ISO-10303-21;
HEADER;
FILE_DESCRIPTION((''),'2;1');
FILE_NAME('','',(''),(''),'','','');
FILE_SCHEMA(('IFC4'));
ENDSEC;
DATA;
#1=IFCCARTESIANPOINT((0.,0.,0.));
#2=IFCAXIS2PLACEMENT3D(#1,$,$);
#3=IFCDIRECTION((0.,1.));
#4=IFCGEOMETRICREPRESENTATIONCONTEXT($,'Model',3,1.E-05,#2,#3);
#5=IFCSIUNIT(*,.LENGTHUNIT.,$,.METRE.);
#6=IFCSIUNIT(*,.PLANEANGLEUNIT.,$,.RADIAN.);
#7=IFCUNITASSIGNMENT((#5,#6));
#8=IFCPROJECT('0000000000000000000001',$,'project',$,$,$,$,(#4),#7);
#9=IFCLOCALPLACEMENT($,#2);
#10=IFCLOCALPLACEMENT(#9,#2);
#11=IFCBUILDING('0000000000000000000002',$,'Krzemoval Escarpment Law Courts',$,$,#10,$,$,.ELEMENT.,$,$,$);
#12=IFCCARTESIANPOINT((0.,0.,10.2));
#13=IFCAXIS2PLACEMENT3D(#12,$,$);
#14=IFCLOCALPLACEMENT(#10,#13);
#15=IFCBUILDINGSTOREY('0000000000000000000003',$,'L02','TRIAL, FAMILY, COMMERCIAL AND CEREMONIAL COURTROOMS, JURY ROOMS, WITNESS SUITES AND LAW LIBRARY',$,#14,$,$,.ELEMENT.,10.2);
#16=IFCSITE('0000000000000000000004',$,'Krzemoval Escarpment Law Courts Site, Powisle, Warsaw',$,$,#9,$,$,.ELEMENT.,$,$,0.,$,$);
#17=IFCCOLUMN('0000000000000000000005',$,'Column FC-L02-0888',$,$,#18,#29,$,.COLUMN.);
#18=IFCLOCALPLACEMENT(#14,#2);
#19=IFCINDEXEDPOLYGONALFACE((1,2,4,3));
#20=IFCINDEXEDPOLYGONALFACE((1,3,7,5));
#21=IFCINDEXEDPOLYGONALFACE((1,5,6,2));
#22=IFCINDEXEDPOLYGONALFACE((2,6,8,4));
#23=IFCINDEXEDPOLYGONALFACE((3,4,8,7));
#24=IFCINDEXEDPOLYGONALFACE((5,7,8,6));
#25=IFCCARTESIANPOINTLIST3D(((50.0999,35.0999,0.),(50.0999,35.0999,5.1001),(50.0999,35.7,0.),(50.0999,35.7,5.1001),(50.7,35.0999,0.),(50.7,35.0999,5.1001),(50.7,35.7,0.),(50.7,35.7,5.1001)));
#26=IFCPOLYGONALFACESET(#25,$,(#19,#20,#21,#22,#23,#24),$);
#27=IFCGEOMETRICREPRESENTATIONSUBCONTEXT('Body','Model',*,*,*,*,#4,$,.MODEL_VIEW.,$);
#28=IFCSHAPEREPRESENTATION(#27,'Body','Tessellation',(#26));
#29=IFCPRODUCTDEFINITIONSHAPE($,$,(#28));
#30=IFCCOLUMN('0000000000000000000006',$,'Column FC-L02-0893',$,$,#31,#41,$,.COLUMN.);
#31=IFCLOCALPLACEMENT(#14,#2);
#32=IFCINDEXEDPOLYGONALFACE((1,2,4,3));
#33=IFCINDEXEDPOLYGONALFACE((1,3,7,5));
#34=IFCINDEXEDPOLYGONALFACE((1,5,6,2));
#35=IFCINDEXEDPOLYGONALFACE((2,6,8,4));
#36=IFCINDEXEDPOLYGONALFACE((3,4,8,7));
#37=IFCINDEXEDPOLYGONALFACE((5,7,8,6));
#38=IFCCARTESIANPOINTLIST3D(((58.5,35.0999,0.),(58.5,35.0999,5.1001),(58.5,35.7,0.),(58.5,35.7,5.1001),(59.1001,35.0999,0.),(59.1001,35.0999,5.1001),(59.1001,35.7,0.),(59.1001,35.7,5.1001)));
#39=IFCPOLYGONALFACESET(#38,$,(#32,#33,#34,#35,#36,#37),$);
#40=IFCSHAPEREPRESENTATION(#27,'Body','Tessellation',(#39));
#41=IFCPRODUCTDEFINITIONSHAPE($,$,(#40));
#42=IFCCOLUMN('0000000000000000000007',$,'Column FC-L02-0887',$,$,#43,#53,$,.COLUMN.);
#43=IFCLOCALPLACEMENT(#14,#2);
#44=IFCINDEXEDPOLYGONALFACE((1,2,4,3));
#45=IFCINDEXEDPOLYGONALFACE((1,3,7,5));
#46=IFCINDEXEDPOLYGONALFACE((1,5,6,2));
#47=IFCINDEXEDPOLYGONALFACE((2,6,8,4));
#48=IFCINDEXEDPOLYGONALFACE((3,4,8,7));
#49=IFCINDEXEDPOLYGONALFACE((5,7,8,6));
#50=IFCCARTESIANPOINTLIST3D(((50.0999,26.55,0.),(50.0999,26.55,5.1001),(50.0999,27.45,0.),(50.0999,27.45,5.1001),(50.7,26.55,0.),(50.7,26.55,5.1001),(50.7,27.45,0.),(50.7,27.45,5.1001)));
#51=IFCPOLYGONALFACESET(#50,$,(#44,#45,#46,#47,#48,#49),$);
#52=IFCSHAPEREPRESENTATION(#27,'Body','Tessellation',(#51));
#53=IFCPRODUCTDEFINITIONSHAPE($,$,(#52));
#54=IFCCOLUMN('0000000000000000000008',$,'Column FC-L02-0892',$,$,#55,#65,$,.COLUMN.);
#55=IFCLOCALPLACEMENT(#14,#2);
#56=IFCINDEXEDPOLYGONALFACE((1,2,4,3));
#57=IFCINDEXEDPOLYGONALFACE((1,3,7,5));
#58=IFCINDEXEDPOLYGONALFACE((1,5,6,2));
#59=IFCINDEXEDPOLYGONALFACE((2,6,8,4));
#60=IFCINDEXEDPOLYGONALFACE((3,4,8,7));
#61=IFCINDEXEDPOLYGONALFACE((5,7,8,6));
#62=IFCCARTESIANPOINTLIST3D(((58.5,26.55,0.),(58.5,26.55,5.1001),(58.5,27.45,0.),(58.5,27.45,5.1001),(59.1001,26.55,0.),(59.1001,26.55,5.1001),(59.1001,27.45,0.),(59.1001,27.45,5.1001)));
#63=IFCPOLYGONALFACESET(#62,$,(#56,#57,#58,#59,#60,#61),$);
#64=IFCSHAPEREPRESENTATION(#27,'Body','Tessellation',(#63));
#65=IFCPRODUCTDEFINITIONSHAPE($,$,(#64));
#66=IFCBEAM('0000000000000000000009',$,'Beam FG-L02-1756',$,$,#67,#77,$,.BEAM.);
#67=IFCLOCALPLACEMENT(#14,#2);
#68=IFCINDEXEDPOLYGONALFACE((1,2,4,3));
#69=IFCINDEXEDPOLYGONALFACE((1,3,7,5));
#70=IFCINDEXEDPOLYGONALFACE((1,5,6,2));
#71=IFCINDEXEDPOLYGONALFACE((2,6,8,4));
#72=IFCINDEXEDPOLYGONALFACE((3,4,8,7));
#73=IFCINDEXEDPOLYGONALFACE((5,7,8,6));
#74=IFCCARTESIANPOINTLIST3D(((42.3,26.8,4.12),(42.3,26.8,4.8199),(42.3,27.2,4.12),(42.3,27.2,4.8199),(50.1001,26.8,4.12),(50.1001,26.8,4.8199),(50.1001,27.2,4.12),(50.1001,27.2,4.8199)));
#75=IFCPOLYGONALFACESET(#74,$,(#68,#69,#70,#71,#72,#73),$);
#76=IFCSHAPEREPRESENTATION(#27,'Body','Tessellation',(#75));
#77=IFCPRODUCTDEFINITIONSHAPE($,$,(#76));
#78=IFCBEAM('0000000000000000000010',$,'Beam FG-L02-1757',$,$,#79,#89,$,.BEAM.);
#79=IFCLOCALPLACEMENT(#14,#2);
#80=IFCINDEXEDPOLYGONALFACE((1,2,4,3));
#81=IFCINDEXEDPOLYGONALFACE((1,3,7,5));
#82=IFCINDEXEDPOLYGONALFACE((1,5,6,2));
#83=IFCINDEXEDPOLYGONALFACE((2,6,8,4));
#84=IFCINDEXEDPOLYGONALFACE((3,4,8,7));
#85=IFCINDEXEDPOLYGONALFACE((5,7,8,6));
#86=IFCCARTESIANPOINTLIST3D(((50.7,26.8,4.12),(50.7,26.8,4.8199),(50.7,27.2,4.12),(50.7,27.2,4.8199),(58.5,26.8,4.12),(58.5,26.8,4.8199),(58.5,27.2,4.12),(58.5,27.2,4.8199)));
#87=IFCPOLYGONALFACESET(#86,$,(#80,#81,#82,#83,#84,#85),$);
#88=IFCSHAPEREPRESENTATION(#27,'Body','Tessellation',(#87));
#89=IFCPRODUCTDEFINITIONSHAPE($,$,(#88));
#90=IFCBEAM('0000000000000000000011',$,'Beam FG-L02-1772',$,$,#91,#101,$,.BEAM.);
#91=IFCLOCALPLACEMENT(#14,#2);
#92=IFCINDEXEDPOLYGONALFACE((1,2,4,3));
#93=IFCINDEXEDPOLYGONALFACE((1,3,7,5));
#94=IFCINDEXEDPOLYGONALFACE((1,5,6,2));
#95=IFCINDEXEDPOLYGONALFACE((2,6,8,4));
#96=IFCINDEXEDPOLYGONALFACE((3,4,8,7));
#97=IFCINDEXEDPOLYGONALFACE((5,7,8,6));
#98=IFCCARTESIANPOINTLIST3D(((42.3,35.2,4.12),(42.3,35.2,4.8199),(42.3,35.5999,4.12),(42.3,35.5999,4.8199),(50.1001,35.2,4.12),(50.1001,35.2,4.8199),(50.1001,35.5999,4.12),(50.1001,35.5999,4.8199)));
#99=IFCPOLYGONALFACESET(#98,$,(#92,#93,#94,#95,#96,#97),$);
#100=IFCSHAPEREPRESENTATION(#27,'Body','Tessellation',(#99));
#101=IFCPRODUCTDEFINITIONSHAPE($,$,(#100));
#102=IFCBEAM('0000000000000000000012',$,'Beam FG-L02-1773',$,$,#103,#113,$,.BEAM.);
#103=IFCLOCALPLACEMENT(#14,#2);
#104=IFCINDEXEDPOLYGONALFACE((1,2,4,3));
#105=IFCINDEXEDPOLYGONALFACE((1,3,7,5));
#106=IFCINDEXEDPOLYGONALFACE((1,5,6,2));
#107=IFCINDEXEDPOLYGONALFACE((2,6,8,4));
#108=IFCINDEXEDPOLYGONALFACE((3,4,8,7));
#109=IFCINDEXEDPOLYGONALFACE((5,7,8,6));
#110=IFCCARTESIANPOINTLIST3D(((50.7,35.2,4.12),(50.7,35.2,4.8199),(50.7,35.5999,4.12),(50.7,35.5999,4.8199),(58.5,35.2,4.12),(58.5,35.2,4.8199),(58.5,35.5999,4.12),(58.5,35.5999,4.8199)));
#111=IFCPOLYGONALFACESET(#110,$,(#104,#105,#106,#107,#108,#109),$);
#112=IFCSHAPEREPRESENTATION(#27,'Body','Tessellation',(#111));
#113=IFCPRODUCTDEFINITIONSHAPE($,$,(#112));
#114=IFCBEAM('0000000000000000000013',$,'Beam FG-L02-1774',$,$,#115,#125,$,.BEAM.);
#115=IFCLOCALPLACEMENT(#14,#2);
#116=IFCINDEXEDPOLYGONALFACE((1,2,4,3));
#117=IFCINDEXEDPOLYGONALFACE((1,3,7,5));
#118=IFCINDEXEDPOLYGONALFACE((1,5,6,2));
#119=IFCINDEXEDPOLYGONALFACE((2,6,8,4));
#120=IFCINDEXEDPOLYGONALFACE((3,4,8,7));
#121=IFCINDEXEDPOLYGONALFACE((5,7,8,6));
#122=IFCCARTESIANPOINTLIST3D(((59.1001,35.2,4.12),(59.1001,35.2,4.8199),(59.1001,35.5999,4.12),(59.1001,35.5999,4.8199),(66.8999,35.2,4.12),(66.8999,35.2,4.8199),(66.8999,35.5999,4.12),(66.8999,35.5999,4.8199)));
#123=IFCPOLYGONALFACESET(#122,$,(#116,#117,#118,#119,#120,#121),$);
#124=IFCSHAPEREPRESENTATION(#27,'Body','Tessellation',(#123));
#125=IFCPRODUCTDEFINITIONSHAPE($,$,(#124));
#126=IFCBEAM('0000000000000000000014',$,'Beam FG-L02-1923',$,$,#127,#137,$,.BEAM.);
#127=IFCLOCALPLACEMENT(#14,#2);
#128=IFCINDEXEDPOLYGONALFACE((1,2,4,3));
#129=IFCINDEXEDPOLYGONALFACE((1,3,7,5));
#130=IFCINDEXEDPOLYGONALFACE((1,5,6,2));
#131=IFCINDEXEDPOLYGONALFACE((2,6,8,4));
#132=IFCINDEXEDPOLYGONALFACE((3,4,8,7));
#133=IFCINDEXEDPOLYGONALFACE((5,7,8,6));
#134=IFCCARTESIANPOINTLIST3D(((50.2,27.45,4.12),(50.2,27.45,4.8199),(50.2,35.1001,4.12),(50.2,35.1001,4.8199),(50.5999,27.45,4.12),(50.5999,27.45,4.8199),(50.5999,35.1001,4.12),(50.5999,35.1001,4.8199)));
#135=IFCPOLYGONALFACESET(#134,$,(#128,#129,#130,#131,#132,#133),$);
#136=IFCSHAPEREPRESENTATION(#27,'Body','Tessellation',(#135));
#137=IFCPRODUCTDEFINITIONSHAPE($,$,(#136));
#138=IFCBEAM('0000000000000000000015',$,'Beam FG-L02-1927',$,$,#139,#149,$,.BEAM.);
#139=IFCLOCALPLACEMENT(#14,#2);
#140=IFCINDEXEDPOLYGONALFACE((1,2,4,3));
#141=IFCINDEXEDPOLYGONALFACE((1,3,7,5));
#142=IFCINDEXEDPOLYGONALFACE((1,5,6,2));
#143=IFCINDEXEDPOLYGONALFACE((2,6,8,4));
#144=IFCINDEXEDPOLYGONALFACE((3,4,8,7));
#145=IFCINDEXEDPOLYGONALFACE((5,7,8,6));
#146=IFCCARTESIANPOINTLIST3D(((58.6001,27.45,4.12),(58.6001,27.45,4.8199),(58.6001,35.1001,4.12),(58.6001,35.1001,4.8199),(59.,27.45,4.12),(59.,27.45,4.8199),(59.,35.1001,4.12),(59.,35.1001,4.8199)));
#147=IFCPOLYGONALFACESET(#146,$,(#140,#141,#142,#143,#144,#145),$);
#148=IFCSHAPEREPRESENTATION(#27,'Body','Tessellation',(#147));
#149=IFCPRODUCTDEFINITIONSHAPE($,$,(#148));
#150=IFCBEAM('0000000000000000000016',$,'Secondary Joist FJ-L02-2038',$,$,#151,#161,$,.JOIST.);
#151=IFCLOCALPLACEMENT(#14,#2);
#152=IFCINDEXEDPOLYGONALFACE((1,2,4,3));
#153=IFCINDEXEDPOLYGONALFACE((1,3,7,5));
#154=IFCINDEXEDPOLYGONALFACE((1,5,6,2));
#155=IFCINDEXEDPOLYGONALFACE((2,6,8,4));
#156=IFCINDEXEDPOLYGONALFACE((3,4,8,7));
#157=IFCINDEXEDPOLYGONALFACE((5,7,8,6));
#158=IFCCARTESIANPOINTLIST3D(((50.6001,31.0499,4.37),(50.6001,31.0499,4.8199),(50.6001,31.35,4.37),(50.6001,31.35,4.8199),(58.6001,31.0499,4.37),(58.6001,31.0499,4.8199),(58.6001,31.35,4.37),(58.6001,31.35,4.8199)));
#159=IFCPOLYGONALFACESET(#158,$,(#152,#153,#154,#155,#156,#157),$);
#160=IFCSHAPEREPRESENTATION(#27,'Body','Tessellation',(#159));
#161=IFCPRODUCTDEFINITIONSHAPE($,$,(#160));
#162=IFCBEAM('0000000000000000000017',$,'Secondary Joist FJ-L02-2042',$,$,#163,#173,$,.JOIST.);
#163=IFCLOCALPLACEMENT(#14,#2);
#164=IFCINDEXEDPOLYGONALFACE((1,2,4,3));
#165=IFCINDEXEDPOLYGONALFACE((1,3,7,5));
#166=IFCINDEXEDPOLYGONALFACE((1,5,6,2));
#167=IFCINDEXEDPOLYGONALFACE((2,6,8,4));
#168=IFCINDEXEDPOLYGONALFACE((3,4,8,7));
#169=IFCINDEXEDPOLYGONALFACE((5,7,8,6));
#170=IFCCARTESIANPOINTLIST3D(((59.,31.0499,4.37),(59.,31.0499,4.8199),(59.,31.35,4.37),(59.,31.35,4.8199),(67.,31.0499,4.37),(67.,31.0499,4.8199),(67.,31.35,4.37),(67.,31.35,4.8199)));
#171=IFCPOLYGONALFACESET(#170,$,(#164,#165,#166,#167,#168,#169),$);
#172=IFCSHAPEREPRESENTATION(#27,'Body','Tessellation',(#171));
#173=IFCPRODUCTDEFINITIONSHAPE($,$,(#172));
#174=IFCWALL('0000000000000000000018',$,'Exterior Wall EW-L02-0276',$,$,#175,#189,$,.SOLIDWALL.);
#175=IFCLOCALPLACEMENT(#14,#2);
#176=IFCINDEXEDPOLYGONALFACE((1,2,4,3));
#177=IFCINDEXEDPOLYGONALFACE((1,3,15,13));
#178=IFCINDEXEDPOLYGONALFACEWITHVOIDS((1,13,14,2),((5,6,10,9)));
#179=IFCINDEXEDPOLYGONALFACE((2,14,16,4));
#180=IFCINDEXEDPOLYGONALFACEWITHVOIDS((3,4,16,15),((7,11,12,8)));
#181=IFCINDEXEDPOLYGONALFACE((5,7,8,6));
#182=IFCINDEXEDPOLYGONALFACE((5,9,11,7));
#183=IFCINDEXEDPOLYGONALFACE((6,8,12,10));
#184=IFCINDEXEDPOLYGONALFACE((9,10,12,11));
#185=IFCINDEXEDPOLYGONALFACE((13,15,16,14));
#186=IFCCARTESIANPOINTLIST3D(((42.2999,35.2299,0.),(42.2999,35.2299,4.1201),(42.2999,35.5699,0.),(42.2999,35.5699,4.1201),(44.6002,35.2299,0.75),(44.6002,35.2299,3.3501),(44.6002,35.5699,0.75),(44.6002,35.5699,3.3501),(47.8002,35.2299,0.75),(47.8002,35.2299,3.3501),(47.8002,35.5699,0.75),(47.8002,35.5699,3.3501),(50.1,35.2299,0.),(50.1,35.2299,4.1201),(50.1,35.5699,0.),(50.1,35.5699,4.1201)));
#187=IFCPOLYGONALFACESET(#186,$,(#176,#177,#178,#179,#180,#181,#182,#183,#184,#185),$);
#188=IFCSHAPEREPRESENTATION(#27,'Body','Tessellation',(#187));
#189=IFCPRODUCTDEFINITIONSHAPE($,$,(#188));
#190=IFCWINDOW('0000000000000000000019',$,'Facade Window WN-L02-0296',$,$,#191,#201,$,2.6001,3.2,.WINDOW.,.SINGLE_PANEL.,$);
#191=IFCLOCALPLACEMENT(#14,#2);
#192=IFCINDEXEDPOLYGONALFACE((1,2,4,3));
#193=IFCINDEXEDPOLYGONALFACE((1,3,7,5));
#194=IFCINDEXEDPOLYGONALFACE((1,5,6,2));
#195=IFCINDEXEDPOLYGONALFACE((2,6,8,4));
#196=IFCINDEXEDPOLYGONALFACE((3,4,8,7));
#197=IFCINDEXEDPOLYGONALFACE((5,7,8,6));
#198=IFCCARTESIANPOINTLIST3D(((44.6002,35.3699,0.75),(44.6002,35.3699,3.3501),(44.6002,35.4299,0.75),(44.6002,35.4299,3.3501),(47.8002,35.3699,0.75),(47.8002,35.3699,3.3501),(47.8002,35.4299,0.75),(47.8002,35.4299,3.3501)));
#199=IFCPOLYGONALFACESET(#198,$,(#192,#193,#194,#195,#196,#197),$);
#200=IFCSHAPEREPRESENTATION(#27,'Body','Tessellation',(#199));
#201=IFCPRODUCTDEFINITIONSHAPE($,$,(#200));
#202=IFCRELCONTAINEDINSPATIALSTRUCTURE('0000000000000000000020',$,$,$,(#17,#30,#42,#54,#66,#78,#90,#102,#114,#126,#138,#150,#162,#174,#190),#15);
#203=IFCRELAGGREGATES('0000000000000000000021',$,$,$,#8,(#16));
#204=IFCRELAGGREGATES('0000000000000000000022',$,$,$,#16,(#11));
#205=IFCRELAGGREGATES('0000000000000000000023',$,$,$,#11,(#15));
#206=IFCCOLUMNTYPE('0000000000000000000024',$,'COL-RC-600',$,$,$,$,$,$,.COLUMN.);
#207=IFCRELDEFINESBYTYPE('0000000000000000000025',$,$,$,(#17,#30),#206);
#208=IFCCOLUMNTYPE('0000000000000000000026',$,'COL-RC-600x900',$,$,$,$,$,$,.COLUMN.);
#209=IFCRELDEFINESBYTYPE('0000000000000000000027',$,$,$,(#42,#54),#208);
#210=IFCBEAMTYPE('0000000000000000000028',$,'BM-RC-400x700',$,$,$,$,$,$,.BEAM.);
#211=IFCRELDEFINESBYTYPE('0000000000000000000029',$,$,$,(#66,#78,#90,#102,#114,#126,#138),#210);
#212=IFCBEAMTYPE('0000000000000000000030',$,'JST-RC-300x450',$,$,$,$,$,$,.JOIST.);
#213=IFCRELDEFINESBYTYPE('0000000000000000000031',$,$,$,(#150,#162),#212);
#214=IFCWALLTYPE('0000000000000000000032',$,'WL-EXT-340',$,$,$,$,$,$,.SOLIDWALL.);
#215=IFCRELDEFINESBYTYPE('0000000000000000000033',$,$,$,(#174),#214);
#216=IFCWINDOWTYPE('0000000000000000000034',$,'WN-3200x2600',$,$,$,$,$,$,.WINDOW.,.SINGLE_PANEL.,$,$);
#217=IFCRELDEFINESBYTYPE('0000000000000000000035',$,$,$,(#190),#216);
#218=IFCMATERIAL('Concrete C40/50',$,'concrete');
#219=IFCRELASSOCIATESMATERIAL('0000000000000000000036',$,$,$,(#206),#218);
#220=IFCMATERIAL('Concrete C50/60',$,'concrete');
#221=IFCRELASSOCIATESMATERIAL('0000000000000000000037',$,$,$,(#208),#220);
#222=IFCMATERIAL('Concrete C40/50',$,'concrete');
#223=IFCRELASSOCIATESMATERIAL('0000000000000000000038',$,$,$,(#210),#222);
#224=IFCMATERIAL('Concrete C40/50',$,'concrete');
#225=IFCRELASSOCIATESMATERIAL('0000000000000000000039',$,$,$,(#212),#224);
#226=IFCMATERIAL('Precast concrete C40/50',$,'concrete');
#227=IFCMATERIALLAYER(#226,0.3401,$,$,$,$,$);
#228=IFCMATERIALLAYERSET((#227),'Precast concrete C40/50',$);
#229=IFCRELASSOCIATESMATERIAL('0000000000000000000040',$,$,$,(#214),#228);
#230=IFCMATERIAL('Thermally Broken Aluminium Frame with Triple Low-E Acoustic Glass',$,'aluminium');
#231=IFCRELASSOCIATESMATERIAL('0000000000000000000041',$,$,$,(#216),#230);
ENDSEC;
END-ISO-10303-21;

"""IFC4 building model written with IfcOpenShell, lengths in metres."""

from ifc_helpers import new_model, si_unit, direction, frame, frame_2d, origin, origin_2d, place, context, subcontext, project, spatial, rectangle, extrude, material, layer, layer_set, material_profile, profile_set, type_object, element, fill, save


model = new_model("IFC4")

# Units and contexts
model_context = context("Model", 3, precision=1e-05, world=origin(), true_north=direction((0.0, 1.0)))
body_context = subcontext(model_context, "Body", "Model", "MODEL_VIEW")
ifc_project = project(units=[si_unit("LENGTHUNIT", "METRE"), si_unit("PLANEANGLEUNIT", "RADIAN")], contexts=[model_context])

# Site, building, storey
site_placement = place(None, origin())
site = spatial("IfcSite", under=ifc_project, at=site_placement, Name="Krzemoval Escarpment Law Courts Site, Powisle, Warsaw", CompositionType="ELEMENT", RefElevation=0.0)
building_placement = place(site_placement, origin())
building = spatial("IfcBuilding", under=site, at=building_placement, Name="Krzemoval Escarpment Law Courts", CompositionType="ELEMENT")
storey_placement = place(building_placement, frame((0.0, 0.0, 10.2)))
storey = spatial("IfcBuildingStorey", under=building, at=storey_placement, Name="L02", Description="TRIAL, FAMILY, COMMERCIAL AND CEREMONIAL COURTROOMS, JURY ROOMS, WITNESS SUITES AND LAW LIBRARY", CompositionType="ELEMENT", Elevation=10.2)

# Columns
ifc_material_1 = material(Name="Concrete C40/50", Category="concrete")
ifc_material_profile_1 = material_profile(ifc_material_1, rectangle(XDim=0.6001, YDim=0.6001, at=origin_2d()), Name="RC 600x600")
ifc_profile_set_1 = profile_set([ifc_material_profile_1], Name="Concrete C40/50")
column_type_1 = type_object("IfcColumnType", Name="COL-RC-600", PredefinedType="COLUMN", material=ifc_profile_set_1)
for number, where, z_axis, x_axis, name in (
    (1, (50.3999, 35.3999, 0.0), (0.0, 0.0, 1.0), (1.0, 0.0, 0.0), "Column FC-L02-0888"),
    (2, (58.8, 35.3999, 0.0), (0.0, 0.0, 1.0), (1.0, 0.0, 0.0), "Column FC-L02-0893"),
):
    element("IfcColumn", number, at=place(storey_placement, frame(where, z_axis=z_axis, x_axis=x_axis)), inside=storey, type_object=column_type_1, Name=name, PredefinedType="COLUMN", context=body_context, shape_type="SweptSolid", body=[
        extrude(rectangle(XDim=0.6001, YDim=0.6001, at=origin_2d()), origin(), (0.0, 0.0, 1.0), 5.1001),
    ])
ifc_material_2 = material(Name="Concrete C50/60", Category="concrete")
ifc_material_profile_2 = material_profile(ifc_material_2, rectangle(XDim=0.6001, YDim=0.8999, at=origin_2d()), Name="RC 600x900")
ifc_profile_set_2 = profile_set([ifc_material_profile_2], Name="Concrete C50/60")
column_type_2 = type_object("IfcColumnType", Name="COL-RC-600x900", PredefinedType="COLUMN", material=ifc_profile_set_2)
for number, where, z_axis, x_axis, name in (
    (3, (50.3999, 27.0, 0.0), (0.0, 0.0, 1.0), (1.0, 0.0, 0.0), "Column FC-L02-0887"),
    (4, (58.8, 27.0, 0.0), (0.0, 0.0, 1.0), (1.0, 0.0, 0.0), "Column FC-L02-0892"),
):
    element("IfcColumn", number, at=place(storey_placement, frame(where, z_axis=z_axis, x_axis=x_axis)), inside=storey, type_object=column_type_2, Name=name, PredefinedType="COLUMN", context=body_context, shape_type="SweptSolid", body=[
        extrude(rectangle(XDim=0.6001, YDim=0.8999, at=origin_2d()), origin(), (0.0, 0.0, 1.0), 5.1001),
    ])

# Beams
ifc_material_3 = material(Name="Concrete C40/50", Category="concrete")
ifc_material_profile_3 = material_profile(ifc_material_3, rectangle(XDim=0.3999, YDim=0.7, at=origin_2d()), Name="RCB 400x700")
ifc_profile_set_3 = profile_set([ifc_material_profile_3], Name="Concrete C40/50")
beam_type_1 = type_object("IfcBeamType", Name="BM-RC-400x700", PredefinedType="BEAM", material=ifc_profile_set_3)
for number, where, z_axis, x_axis, name in (
    (5, (42.3, 27.0, 4.47), (1.0, 0.0, 0.0), (0.0, 1.0, 0.0), "Beam FG-L02-1756"),
    (6, (50.7, 27.0, 4.47), (1.0, 0.0, 0.0), (0.0, 1.0, 0.0), "Beam FG-L02-1757"),
    (7, (42.3, 35.3999, 4.47), (1.0, 0.0, 0.0), (0.0, 1.0, 0.0), "Beam FG-L02-1772"),
    (8, (50.7, 35.3999, 4.47), (1.0, 0.0, 0.0), (0.0, 1.0, 0.0), "Beam FG-L02-1773"),
):
    element("IfcBeam", number, at=place(storey_placement, frame(where, z_axis=z_axis, x_axis=x_axis)), inside=storey, type_object=beam_type_1, Name=name, PredefinedType="BEAM", context=body_context, shape_type="SweptSolid", body=[
        extrude(rectangle(XDim=0.3999, YDim=0.7, at=origin_2d()), origin(), (0.0, 0.0, 1.0), 7.8),
    ])
beam_placement = place(storey_placement, frame((59.1001, 35.3999, 4.47), z_axis=(1.0, 0.0, 0.0), x_axis=(0.0, 1.0, 0.0)))
element("IfcBeam", 9, at=beam_placement, inside=storey, type_object=beam_type_1, Name="Beam FG-L02-1774", PredefinedType="BEAM", context=body_context, shape_type="SweptSolid", body=[
    extrude(rectangle(XDim=0.3999, YDim=0.7, at=origin_2d()), origin(), (0.0, 0.0, 1.0), 7.7998),
])
for number, where, z_axis, x_axis, name in (
    (10, (50.3999, 27.45, 4.47), (0.0, 1.0, 0.0), (-1.0, 0.0, 0.0), "Beam FG-L02-1923"),
    (11, (58.8, 27.45, 4.47), (0.0, 1.0, 0.0), (-1.0, 0.0, 0.0), "Beam FG-L02-1927"),
):
    element("IfcBeam", number, at=place(storey_placement, frame(where, z_axis=z_axis, x_axis=x_axis)), inside=storey, type_object=beam_type_1, Name=name, PredefinedType="BEAM", context=body_context, shape_type="SweptSolid", body=[
        extrude(rectangle(XDim=0.3999, YDim=0.7, at=origin_2d()), origin(), (0.0, 0.0, 1.0), 7.6501),
    ])
ifc_material_4 = material(Name="Concrete C40/50", Category="concrete")
ifc_material_profile_4 = material_profile(ifc_material_4, rectangle(XDim=0.3, YDim=0.45, at=origin_2d()), Name="RCB 300x450")
ifc_profile_set_4 = profile_set([ifc_material_profile_4], Name="Concrete C40/50")
beam_type_2 = type_object("IfcBeamType", Name="JST-RC-300x450", PredefinedType="JOIST", material=ifc_profile_set_4)
for number, where, z_axis, x_axis, name in (
    (12, (50.6001, 31.2, 4.595), (1.0, 0.0, 0.0), (0.0, 1.0, 0.0), "Secondary Joist FJ-L02-2038"),
    (13, (59.0, 31.2, 4.595), (1.0, 0.0, 0.0), (0.0, 1.0, 0.0), "Secondary Joist FJ-L02-2042"),
):
    element("IfcBeam", number, at=place(storey_placement, frame(where, z_axis=z_axis, x_axis=x_axis)), inside=storey, type_object=beam_type_2, Name=name, PredefinedType="JOIST", context=body_context, shape_type="SweptSolid", body=[
        extrude(rectangle(XDim=0.3, YDim=0.45, at=origin_2d()), origin(), (0.0, 0.0, 1.0), 8.0),
    ])

# Wall, opening, window
ifc_material_5 = material(Name="Precast concrete C40/50", Category="concrete")
ifc_layer_1 = layer(ifc_material_5, 0.3401)
ifc_layer_set_1 = layer_set([ifc_layer_1], Name="Precast concrete C40/50")
wall_type_1 = type_object("IfcWallType", Name="WL-EXT-340", PredefinedType="SOLIDWALL", material=ifc_layer_set_1)
wall_1_placement = place(storey_placement, frame((42.3, 35.3999, 0.0), z_axis=(0.0, 0.0, 1.0), x_axis=(1.0, 0.0, 0.0)))
wall_1 = element("IfcWall", 14, at=wall_1_placement, inside=storey, type_object=wall_type_1, Name="Exterior Wall EW-L02-0276", PredefinedType="SOLIDWALL", context=body_context, shape_type="SweptSolid", body=[
    extrude(rectangle(XDim=7.8, YDim=0.3401, at=frame_2d((3.8999, 0.0))), origin(), (0.0, 0.0, 1.0), 4.1201),
])
opening_1_placement = place(wall_1_placement, frame((2.3, 0.0, 0.75)))
opening_1 = element("IfcOpeningElement", 15, at=opening_1_placement, cuts=wall_1, PredefinedType="OPENING", context=body_context, shape_type="SweptSolid", body=[
    extrude(rectangle(XDim=3.2, YDim=2.6001, at=frame_2d((1.6001, 1.3))), frame((0.0, 0.185, 0.0), z_axis=(0.0, -1.0, 0.0), x_axis=(1.0, 0.0, 0.0)), (0.0, 0.0, 1.0), 0.3701),
])
ifc_material_6 = material(Name="Thermally Broken Aluminium Frame with Triple Low-E Acoustic Glass", Category="aluminium")
window_type = type_object("IfcWindowType", Name="WN-3200x2600", PartitioningType="SINGLE_PANEL", PredefinedType="WINDOW", material=ifc_material_6)
window_1_placement = place(opening_1_placement, origin())
window_1 = element("IfcWindow", 16, at=window_1_placement, inside=storey, type_object=window_type, Name="Facade Window WN-L02-0296", OverallHeight=2.6001, OverallWidth=3.2, PartitioningType="SINGLE_PANEL", PredefinedType="WINDOW", context=body_context, shape_type="SweptSolid", body=[
    extrude(rectangle(XDim=3.2, YDim=2.6001, at=frame_2d((1.6001, 1.3))), frame((0.0, 0.03, 0.0), z_axis=(0.0, -1.0, 0.0), x_axis=(1.0, 0.0, 0.0)), (0.0, 0.0, 1.0), 0.0601),
])
fill(opening_1, window_1)

save(model, "model.ifc")
